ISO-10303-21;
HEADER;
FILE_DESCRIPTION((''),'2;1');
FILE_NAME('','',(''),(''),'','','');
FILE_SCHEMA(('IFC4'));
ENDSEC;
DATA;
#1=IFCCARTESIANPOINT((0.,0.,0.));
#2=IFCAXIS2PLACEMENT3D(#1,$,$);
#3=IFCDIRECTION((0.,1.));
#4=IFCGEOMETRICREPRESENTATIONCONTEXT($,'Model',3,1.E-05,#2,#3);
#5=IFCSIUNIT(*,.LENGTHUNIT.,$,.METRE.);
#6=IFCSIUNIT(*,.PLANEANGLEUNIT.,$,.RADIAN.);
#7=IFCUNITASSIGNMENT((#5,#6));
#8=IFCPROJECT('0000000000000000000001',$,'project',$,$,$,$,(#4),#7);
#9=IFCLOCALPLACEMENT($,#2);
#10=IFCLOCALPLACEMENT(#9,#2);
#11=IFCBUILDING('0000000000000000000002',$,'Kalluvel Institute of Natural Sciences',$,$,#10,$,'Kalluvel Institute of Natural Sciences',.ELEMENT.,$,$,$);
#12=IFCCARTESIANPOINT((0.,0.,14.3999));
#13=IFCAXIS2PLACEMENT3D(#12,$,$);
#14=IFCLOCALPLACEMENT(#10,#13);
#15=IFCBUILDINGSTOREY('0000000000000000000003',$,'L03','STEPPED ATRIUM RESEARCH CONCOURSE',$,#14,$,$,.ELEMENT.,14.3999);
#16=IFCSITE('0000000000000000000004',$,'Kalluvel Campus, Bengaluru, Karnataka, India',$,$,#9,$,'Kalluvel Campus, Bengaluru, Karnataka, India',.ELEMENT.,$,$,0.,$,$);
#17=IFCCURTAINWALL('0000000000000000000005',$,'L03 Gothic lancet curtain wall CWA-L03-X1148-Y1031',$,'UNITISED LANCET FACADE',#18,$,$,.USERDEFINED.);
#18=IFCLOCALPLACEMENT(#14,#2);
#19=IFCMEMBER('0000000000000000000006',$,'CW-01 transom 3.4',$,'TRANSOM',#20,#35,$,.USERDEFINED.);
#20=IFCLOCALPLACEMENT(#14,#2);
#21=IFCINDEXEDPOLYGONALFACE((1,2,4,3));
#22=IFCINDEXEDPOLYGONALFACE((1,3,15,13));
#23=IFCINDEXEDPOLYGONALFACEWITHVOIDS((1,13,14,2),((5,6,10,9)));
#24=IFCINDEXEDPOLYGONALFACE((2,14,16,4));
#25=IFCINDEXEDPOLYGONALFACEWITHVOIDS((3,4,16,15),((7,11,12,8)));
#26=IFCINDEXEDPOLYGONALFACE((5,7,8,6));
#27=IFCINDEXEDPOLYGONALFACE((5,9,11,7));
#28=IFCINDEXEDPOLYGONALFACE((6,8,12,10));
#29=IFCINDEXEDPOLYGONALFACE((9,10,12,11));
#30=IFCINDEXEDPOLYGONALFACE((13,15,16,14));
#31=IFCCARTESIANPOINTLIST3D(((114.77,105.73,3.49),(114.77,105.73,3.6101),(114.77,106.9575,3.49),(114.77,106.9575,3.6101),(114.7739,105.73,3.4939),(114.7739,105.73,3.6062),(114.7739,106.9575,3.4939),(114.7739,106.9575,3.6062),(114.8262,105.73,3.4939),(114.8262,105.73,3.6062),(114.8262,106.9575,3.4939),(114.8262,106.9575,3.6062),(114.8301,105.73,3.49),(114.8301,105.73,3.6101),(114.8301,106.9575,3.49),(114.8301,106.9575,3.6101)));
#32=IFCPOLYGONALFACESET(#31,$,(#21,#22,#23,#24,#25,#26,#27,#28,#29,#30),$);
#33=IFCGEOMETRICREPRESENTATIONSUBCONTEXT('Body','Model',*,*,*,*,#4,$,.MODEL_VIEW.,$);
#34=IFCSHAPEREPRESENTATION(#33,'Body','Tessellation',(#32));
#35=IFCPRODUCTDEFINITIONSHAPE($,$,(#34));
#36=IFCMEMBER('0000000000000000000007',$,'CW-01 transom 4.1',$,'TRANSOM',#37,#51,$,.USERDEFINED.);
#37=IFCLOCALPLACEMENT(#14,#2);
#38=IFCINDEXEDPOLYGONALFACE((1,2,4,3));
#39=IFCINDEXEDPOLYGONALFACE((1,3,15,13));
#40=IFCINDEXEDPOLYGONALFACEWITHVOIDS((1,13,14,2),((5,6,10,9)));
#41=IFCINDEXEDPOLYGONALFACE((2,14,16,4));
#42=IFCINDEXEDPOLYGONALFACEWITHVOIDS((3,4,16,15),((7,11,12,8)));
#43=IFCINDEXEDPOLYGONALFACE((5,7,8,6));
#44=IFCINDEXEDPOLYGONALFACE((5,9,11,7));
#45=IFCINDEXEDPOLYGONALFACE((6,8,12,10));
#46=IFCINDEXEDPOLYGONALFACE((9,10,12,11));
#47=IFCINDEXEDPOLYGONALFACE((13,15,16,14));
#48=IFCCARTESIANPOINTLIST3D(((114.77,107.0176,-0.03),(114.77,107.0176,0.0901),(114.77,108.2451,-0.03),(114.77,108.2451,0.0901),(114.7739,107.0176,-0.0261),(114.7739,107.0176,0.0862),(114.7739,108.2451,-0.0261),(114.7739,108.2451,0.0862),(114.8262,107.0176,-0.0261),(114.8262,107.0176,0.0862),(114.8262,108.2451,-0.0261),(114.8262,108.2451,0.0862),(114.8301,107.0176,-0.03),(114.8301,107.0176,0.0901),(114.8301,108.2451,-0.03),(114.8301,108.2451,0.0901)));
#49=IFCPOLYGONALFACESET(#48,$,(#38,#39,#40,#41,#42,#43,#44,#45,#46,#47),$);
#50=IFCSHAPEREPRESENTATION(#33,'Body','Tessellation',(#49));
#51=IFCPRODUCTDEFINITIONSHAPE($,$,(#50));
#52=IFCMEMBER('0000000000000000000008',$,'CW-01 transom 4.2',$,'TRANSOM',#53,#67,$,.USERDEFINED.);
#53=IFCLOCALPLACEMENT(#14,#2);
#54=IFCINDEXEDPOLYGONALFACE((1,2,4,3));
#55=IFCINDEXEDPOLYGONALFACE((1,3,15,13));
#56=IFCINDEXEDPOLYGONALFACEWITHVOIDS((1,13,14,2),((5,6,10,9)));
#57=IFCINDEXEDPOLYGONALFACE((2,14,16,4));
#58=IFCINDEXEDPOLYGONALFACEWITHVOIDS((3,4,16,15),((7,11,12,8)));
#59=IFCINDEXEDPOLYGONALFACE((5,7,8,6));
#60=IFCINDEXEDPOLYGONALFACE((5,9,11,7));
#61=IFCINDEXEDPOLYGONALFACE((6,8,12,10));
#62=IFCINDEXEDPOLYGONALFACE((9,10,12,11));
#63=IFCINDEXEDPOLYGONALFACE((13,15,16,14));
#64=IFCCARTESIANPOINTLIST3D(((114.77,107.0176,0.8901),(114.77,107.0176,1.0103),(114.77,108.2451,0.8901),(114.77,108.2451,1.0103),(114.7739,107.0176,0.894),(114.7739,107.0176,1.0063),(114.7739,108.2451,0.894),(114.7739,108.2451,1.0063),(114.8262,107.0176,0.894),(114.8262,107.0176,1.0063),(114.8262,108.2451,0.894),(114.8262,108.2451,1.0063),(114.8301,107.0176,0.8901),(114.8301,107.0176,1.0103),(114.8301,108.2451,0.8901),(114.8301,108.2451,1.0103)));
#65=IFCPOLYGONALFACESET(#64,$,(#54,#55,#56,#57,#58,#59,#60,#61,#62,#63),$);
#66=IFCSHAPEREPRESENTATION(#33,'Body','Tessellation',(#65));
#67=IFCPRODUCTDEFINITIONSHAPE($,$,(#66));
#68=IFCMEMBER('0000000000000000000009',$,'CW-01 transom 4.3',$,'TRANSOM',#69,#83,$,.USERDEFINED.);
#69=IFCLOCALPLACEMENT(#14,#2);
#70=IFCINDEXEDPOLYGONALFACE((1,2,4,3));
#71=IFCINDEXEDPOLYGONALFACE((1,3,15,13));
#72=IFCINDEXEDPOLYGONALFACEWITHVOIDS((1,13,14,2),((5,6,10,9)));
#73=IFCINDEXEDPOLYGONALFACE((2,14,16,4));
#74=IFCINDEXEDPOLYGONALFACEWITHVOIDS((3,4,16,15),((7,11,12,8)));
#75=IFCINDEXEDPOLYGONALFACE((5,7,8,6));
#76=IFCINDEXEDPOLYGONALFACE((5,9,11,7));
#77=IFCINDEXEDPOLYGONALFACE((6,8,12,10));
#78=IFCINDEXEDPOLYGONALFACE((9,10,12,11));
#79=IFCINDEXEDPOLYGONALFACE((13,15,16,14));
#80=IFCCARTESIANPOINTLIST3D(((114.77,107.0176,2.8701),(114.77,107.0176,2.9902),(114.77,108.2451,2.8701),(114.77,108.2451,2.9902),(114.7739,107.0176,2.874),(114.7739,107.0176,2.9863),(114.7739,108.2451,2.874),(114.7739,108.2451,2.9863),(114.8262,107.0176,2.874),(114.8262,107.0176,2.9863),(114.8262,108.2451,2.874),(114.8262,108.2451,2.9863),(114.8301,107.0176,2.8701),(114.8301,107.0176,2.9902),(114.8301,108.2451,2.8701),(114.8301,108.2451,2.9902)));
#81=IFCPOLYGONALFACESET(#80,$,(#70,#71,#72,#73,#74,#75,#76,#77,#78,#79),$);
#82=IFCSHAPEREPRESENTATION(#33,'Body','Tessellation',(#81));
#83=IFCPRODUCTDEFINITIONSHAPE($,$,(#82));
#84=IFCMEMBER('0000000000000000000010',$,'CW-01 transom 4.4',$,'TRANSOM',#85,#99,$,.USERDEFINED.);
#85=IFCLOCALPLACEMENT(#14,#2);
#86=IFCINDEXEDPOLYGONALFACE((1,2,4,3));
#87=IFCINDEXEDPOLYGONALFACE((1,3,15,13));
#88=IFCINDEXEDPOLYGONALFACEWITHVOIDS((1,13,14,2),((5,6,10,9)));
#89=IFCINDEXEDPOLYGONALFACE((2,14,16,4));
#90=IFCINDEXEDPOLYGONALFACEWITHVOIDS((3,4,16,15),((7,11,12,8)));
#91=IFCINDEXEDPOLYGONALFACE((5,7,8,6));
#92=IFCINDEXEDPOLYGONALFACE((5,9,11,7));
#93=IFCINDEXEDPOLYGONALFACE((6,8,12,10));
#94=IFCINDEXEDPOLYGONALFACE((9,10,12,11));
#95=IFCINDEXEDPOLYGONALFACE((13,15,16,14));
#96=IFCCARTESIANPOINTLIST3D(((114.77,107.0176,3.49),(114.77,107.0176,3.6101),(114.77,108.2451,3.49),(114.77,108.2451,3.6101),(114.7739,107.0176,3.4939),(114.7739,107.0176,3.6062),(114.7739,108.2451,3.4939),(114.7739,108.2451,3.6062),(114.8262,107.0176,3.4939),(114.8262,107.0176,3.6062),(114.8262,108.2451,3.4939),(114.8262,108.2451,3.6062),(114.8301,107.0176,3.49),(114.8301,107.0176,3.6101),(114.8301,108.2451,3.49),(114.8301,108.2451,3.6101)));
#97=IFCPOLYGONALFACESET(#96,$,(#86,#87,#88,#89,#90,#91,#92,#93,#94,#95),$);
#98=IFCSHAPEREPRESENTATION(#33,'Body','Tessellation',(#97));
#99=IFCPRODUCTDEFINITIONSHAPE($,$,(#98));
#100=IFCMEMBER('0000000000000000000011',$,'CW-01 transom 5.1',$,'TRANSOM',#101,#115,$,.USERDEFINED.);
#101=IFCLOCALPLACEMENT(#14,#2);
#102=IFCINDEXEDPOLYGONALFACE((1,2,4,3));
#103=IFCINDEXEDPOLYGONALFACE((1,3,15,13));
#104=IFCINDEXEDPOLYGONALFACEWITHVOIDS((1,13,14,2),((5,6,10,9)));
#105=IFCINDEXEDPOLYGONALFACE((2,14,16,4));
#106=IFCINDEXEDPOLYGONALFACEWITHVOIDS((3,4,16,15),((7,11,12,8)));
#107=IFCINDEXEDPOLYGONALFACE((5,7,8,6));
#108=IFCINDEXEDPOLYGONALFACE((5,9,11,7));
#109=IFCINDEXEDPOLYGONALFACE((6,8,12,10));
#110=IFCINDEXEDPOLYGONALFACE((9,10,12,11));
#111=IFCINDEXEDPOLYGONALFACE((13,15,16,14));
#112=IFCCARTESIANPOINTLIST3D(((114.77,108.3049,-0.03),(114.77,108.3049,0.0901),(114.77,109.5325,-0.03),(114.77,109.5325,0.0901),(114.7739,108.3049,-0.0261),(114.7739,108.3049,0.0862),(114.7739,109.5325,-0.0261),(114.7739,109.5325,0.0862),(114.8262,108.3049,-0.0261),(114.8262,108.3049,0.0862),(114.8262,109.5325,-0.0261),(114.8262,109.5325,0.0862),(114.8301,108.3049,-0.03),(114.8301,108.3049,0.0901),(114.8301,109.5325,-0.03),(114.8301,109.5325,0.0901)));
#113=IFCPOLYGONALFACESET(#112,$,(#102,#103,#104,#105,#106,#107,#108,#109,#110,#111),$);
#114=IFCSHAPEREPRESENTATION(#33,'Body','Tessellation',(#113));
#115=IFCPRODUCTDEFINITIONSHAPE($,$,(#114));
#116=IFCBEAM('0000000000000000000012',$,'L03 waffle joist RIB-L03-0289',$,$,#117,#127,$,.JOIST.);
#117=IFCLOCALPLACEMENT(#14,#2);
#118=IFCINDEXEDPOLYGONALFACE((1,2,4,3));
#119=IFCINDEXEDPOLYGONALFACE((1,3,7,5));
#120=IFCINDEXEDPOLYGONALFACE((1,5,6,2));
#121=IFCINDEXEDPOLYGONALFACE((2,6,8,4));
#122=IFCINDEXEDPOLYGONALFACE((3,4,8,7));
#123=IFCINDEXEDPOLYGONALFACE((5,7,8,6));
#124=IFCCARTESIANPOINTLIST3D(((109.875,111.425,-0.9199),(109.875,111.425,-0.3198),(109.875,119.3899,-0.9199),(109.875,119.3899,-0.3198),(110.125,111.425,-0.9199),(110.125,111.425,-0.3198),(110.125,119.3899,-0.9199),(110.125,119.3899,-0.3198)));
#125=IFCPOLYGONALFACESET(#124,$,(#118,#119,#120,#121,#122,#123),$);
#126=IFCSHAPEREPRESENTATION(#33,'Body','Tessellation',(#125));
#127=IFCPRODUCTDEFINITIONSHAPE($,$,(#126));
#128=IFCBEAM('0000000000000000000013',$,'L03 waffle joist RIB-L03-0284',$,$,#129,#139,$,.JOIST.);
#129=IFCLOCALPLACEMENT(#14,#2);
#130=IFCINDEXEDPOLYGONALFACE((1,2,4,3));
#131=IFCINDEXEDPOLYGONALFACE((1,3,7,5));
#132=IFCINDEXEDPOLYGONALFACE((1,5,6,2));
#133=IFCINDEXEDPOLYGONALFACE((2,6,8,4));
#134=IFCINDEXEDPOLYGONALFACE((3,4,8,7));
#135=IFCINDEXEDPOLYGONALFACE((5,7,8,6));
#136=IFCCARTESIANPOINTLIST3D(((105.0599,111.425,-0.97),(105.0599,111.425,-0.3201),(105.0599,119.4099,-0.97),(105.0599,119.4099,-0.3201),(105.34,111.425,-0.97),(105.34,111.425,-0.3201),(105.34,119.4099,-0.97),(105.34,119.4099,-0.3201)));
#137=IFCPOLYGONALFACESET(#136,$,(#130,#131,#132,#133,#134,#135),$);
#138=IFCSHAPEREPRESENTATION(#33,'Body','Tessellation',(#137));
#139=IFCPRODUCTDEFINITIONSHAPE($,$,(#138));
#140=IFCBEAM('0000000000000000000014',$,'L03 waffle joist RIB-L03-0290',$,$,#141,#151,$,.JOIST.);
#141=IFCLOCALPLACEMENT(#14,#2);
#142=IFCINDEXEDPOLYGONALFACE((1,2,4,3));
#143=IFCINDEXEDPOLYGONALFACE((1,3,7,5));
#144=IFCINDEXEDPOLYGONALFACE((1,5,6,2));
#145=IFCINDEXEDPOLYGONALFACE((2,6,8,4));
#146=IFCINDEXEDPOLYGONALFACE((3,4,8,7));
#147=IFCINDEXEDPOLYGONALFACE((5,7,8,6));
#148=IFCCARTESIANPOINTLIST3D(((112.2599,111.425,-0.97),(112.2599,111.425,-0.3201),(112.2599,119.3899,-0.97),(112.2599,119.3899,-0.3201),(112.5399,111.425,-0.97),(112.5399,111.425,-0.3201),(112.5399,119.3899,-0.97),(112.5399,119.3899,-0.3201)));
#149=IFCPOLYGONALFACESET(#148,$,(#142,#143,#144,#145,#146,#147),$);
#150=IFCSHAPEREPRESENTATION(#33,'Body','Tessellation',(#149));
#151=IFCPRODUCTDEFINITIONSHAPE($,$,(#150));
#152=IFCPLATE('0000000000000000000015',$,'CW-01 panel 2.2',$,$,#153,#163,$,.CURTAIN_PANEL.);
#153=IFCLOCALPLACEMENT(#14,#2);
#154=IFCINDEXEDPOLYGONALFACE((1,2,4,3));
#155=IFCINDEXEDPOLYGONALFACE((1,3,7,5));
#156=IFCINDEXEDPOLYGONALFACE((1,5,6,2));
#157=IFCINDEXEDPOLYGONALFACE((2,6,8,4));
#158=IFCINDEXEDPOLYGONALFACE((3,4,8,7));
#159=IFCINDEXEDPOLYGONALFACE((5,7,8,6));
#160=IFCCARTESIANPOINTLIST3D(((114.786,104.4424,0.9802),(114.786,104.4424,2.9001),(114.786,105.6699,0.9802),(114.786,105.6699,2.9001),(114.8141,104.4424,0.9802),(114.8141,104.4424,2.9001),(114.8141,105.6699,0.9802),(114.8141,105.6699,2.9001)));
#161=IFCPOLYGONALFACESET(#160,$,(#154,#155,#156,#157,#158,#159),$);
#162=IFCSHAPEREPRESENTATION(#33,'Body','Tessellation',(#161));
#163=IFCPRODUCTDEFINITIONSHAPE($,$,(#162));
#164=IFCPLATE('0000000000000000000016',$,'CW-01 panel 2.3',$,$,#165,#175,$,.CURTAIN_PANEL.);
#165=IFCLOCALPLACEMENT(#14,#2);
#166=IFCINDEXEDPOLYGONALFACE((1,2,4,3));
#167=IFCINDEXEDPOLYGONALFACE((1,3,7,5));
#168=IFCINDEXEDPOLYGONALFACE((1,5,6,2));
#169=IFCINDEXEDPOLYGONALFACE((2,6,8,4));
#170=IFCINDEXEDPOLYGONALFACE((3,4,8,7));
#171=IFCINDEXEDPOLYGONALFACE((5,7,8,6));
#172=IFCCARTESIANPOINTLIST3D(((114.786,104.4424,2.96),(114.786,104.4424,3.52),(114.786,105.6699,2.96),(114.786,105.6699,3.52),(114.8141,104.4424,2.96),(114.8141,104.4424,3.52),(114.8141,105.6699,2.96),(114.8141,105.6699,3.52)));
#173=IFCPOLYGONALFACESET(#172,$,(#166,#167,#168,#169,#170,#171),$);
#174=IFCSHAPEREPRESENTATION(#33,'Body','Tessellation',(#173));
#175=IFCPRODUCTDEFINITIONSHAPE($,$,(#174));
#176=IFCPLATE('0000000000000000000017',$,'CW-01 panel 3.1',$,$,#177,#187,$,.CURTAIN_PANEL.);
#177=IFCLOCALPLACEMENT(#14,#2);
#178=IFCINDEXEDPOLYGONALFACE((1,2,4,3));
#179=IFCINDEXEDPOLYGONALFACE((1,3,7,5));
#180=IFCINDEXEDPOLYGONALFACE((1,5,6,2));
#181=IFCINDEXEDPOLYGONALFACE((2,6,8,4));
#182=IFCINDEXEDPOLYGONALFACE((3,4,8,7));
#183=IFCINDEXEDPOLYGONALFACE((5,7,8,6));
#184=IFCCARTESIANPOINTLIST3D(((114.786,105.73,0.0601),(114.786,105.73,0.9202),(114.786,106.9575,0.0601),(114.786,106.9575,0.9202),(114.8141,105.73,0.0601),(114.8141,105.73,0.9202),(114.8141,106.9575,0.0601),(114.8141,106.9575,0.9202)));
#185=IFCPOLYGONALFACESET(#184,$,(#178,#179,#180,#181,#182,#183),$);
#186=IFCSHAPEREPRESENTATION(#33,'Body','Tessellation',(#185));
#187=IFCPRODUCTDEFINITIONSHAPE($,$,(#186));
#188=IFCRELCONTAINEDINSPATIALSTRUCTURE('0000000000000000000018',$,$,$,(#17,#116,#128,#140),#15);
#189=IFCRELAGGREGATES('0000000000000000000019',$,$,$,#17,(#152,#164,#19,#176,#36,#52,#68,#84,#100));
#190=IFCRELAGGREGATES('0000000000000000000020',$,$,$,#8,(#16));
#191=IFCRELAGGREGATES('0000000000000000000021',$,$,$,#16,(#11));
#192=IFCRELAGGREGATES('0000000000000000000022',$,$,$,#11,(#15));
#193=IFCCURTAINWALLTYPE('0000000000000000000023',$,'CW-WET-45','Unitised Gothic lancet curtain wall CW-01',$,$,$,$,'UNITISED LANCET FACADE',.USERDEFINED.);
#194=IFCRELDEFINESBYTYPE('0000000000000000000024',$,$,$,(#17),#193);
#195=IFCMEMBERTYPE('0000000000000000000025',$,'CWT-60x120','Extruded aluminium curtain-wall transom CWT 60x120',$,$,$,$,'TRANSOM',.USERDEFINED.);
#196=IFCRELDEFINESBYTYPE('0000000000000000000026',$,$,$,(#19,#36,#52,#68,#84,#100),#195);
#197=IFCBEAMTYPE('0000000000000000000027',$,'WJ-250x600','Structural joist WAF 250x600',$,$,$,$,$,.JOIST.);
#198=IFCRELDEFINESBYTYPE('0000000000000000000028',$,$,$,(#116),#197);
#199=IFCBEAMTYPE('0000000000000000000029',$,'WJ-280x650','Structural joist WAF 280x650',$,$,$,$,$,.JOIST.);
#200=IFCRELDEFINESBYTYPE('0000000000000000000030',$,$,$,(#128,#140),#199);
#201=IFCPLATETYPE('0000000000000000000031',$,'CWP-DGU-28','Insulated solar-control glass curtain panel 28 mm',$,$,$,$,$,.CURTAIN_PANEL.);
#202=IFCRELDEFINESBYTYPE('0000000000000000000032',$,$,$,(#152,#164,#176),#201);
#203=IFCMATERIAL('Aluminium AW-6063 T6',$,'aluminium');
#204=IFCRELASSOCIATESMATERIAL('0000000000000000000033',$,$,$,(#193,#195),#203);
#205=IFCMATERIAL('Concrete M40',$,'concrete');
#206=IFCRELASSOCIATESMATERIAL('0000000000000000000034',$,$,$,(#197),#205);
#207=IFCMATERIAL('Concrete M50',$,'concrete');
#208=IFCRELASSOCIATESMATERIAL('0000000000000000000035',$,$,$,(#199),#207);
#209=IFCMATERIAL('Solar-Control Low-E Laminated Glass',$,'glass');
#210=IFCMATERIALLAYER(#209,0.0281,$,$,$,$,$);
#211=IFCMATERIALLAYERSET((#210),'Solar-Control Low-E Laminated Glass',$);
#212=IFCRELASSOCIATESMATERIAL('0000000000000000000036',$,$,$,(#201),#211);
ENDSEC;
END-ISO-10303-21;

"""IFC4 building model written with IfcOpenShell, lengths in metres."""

from ifc_helpers import new_model, si_unit, direction, frame, origin, origin_2d, place, context, subcontext, project, spatial, rectangle, hollow_rectangle, extrude, material, layer, layer_set, material_profile, profile_set, type_object, element, aggregate, save


model = new_model("IFC4")

# Units and contexts
model_context = context("Model", 3, precision=1e-05, world=origin(), true_north=direction((0.0, 1.0)))
body_context = subcontext(model_context, "Body", "Model", "MODEL_VIEW")
ifc_project = project(units=[si_unit("LENGTHUNIT", "METRE"), si_unit("PLANEANGLEUNIT", "RADIAN")], contexts=[model_context])

# Site, building, storey
site_placement = place(None, origin())
site = spatial("IfcSite", under=ifc_project, at=site_placement, Name="Kalluvel Campus, Bengaluru, Karnataka, India", LongName="Kalluvel Campus, Bengaluru, Karnataka, India", CompositionType="ELEMENT", RefElevation=0.0)
building_placement = place(site_placement, origin())
building = spatial("IfcBuilding", under=site, at=building_placement, Name="Kalluvel Institute of Natural Sciences", LongName="Kalluvel Institute of Natural Sciences", CompositionType="ELEMENT")
storey_placement = place(building_placement, frame((0.0, 0.0, 14.3999)))
storey = spatial("IfcBuildingStorey", under=building, at=storey_placement, Name="L03", Description="STEPPED ATRIUM RESEARCH CONCOURSE", CompositionType="ELEMENT", Elevation=14.3999)

# Shared definitions
ifc_material_1 = material(Name="Concrete M50", Category="concrete")

# Shared definitions
ifc_material_2 = material(Name="Concrete M40", Category="concrete")

# Curtain wall, members
ifc_material_3 = material(Name="Aluminium AW-6063 T6", Category="aluminium")
curtain_wall_type = type_object("IfcCurtainWallType", Name="CW-WET-45", Description="Unitised Gothic lancet curtain wall CW-01", ElementType="UNITISED LANCET FACADE", PredefinedType="USERDEFINED", material=ifc_material_3)
curtain_wall_placement = place(storey_placement, origin())
curtain_wall = element("IfcCurtainWall", 1, at=curtain_wall_placement, inside=storey, type_object=curtain_wall_type, Name="L03 Gothic lancet curtain wall CWA-L03-X1148-Y1031", ObjectType="UNITISED LANCET FACADE", PredefinedType="USERDEFINED")
ifc_material_profile_1 = material_profile(ifc_material_3, hollow_rectangle(XDim=0.0601, YDim=0.1201, WallThickness=0.0039, at=origin_2d()), Name="CWT 60x120")
ifc_profile_set_1 = profile_set([ifc_material_profile_1], Name="Aluminium AW-6063 T6")
member_type_1 = type_object("IfcMemberType", Name="CWT-60x120", Description="Extruded aluminium curtain-wall transom CWT 60x120", ElementType="TRANSOM", PredefinedType="USERDEFINED", material=ifc_profile_set_1)
member_1_placement = place(storey_placement, frame((114.8, 105.73, 3.55), z_axis=(0.0, 1.0, 0.0), x_axis=(-1.0, 0.0, 0.0)))
member_1 = element("IfcMember", 2, at=member_1_placement, type_object=member_type_1, Name="CW-01 transom 3.4", ObjectType="TRANSOM", PredefinedType="USERDEFINED", context=body_context, shape_type="SweptSolid", body=[
    extrude(hollow_rectangle(XDim=0.0601, YDim=0.1201, WallThickness=0.0039, at=origin_2d()), origin(), (0.0, 0.0, 1.0), 1.2275),
])
member_2_placement = place(storey_placement, frame((114.8, 107.0176, 0.03), z_axis=(0.0, 1.0, 0.0), x_axis=(-1.0, 0.0, 0.0)))
member_2 = element("IfcMember", 3, at=member_2_placement, type_object=member_type_1, Name="CW-01 transom 4.1", ObjectType="TRANSOM", PredefinedType="USERDEFINED", context=body_context, shape_type="SweptSolid", body=[
    extrude(hollow_rectangle(XDim=0.0601, YDim=0.1201, WallThickness=0.0039, at=origin_2d()), origin(), (0.0, 0.0, 1.0), 1.2275),
])
member_3_placement = place(storey_placement, frame((114.8, 107.0176, 0.9502), z_axis=(0.0, 1.0, 0.0), x_axis=(-1.0, 0.0, 0.0)))
member_3 = element("IfcMember", 4, at=member_3_placement, type_object=member_type_1, Name="CW-01 transom 4.2", ObjectType="TRANSOM", PredefinedType="USERDEFINED", context=body_context, shape_type="SweptSolid", body=[
    extrude(hollow_rectangle(XDim=0.0601, YDim=0.1201, WallThickness=0.0039, at=origin_2d()), origin(), (0.0, 0.0, 1.0), 1.2275),
])
member_4_placement = place(storey_placement, frame((114.8, 107.0176, 2.9302), z_axis=(0.0, 1.0, 0.0), x_axis=(-1.0, 0.0, 0.0)))
member_4 = element("IfcMember", 5, at=member_4_placement, type_object=member_type_1, Name="CW-01 transom 4.3", ObjectType="TRANSOM", PredefinedType="USERDEFINED", context=body_context, shape_type="SweptSolid", body=[
    extrude(hollow_rectangle(XDim=0.0601, YDim=0.1201, WallThickness=0.0039, at=origin_2d()), origin(), (0.0, 0.0, 1.0), 1.2275),
])
member_5_placement = place(storey_placement, frame((114.8, 107.0176, 3.55), z_axis=(0.0, 1.0, 0.0), x_axis=(-1.0, 0.0, 0.0)))
member_5 = element("IfcMember", 6, at=member_5_placement, type_object=member_type_1, Name="CW-01 transom 4.4", ObjectType="TRANSOM", PredefinedType="USERDEFINED", context=body_context, shape_type="SweptSolid", body=[
    extrude(hollow_rectangle(XDim=0.0601, YDim=0.1201, WallThickness=0.0039, at=origin_2d()), origin(), (0.0, 0.0, 1.0), 1.2275),
])
member_6_placement = place(storey_placement, frame((114.8, 108.3049, 0.03), z_axis=(0.0, 1.0, 0.0), x_axis=(-1.0, 0.0, 0.0)))
member_6 = element("IfcMember", 7, at=member_6_placement, type_object=member_type_1, Name="CW-01 transom 5.1", ObjectType="TRANSOM", PredefinedType="USERDEFINED", context=body_context, shape_type="SweptSolid", body=[
    extrude(hollow_rectangle(XDim=0.0601, YDim=0.1201, WallThickness=0.0039, at=origin_2d()), origin(), (0.0, 0.0, 1.0), 1.2275),
])

# Beams
ifc_material_profile_2 = material_profile(ifc_material_2, rectangle(XDim=0.25, YDim=0.6001, at=origin_2d()), Name="WAF 250x600")
ifc_profile_set_2 = profile_set([ifc_material_profile_2], Name="Concrete M40")
beam_type_1 = type_object("IfcBeamType", Name="WJ-250x600", Description="Structural joist WAF 250x600", PredefinedType="JOIST", material=ifc_profile_set_2)
beam_1_placement = place(storey_placement, frame((110.0, 111.425, -0.6199), z_axis=(0.0, 1.0, 0.0), x_axis=(-1.0, 0.0, 0.0)))
element("IfcBeam", 8, at=beam_1_placement, inside=storey, type_object=beam_type_1, Name="L03 waffle joist RIB-L03-0289", PredefinedType="JOIST", context=body_context, shape_type="SweptSolid", body=[
    extrude(rectangle(XDim=0.25, YDim=0.6001, at=origin_2d()), origin(), (0.0, 0.0, 1.0), 7.9648),
])
ifc_material_profile_3 = material_profile(ifc_material_1, rectangle(XDim=0.28, YDim=0.6499, at=origin_2d()), Name="WAF 280x650")
ifc_profile_set_3 = profile_set([ifc_material_profile_3], Name="Concrete M50")
beam_type_2 = type_object("IfcBeamType", Name="WJ-280x650", Description="Structural joist WAF 280x650", PredefinedType="JOIST", material=ifc_profile_set_3)
beam_2_placement = place(storey_placement, frame((105.2, 111.425, -0.645), z_axis=(0.0, 1.0, 0.0), x_axis=(-1.0, 0.0, 0.0)))
element("IfcBeam", 9, at=beam_2_placement, inside=storey, type_object=beam_type_2, Name="L03 waffle joist RIB-L03-0284", PredefinedType="JOIST", context=body_context, shape_type="SweptSolid", body=[
    extrude(rectangle(XDim=0.28, YDim=0.6499, at=origin_2d()), origin(), (0.0, 0.0, 1.0), 7.9849),
])
beam_3_placement = place(storey_placement, frame((112.3999, 111.425, -0.645), z_axis=(0.0, 1.0, 0.0), x_axis=(-1.0, 0.0, 0.0)))
element("IfcBeam", 10, at=beam_3_placement, inside=storey, type_object=beam_type_2, Name="L03 waffle joist RIB-L03-0290", PredefinedType="JOIST", context=body_context, shape_type="SweptSolid", body=[
    extrude(rectangle(XDim=0.28, YDim=0.6499, at=origin_2d()), origin(), (0.0, 0.0, 1.0), 7.9648),
])

# Plates
ifc_material_4 = material(Name="Solar-Control Low-E Laminated Glass", Category="glass")
ifc_layer = layer(ifc_material_4, 0.0281)
ifc_layer_set = layer_set([ifc_layer], Name="Solar-Control Low-E Laminated Glass")
plate_type = type_object("IfcPlateType", Name="CWP-DGU-28", Description="Insulated solar-control glass curtain panel 28 mm", PredefinedType="CURTAIN_PANEL", material=ifc_layer_set)
plate_1_placement = place(storey_placement, frame((114.8, 105.0562, 0.9802), z_axis=(0.0, 0.0, 1.0), x_axis=(0.0, 1.0, 0.0)))
plate_1 = element("IfcPlate", 11, at=plate_1_placement, type_object=plate_type, Name="CW-01 panel 2.2", PredefinedType="CURTAIN_PANEL", context=body_context, shape_type="SweptSolid", body=[
    extrude(rectangle(XDim=1.2275, YDim=0.0281, at=origin_2d()), origin(), (0.0, 0.0, 1.0), 1.9199),
])
plate_2_placement = place(storey_placement, frame((114.8, 105.0562, 2.96), z_axis=(0.0, 0.0, 1.0), x_axis=(0.0, 1.0, 0.0)))
plate_2 = element("IfcPlate", 12, at=plate_2_placement, type_object=plate_type, Name="CW-01 panel 2.3", PredefinedType="CURTAIN_PANEL", context=body_context, shape_type="SweptSolid", body=[
    extrude(rectangle(XDim=1.2275, YDim=0.0281, at=origin_2d()), origin(), (0.0, 0.0, 1.0), 0.5601),
])
plate_3_placement = place(storey_placement, frame((114.8, 106.3438, 0.0601), z_axis=(0.0, 0.0, 1.0), x_axis=(0.0, 1.0, 0.0)))
plate_3 = element("IfcPlate", 13, at=plate_3_placement, type_object=plate_type, Name="CW-01 panel 3.1", PredefinedType="CURTAIN_PANEL", context=body_context, shape_type="SweptSolid", body=[
    extrude(rectangle(XDim=1.2275, YDim=0.0281, at=origin_2d()), origin(), (0.0, 0.0, 1.0), 0.8601),
])
aggregate(curtain_wall, [plate_1, plate_2, member_1, plate_3, member_2, member_3, member_4, member_5, member_6])

save(model, "model.ifc")
